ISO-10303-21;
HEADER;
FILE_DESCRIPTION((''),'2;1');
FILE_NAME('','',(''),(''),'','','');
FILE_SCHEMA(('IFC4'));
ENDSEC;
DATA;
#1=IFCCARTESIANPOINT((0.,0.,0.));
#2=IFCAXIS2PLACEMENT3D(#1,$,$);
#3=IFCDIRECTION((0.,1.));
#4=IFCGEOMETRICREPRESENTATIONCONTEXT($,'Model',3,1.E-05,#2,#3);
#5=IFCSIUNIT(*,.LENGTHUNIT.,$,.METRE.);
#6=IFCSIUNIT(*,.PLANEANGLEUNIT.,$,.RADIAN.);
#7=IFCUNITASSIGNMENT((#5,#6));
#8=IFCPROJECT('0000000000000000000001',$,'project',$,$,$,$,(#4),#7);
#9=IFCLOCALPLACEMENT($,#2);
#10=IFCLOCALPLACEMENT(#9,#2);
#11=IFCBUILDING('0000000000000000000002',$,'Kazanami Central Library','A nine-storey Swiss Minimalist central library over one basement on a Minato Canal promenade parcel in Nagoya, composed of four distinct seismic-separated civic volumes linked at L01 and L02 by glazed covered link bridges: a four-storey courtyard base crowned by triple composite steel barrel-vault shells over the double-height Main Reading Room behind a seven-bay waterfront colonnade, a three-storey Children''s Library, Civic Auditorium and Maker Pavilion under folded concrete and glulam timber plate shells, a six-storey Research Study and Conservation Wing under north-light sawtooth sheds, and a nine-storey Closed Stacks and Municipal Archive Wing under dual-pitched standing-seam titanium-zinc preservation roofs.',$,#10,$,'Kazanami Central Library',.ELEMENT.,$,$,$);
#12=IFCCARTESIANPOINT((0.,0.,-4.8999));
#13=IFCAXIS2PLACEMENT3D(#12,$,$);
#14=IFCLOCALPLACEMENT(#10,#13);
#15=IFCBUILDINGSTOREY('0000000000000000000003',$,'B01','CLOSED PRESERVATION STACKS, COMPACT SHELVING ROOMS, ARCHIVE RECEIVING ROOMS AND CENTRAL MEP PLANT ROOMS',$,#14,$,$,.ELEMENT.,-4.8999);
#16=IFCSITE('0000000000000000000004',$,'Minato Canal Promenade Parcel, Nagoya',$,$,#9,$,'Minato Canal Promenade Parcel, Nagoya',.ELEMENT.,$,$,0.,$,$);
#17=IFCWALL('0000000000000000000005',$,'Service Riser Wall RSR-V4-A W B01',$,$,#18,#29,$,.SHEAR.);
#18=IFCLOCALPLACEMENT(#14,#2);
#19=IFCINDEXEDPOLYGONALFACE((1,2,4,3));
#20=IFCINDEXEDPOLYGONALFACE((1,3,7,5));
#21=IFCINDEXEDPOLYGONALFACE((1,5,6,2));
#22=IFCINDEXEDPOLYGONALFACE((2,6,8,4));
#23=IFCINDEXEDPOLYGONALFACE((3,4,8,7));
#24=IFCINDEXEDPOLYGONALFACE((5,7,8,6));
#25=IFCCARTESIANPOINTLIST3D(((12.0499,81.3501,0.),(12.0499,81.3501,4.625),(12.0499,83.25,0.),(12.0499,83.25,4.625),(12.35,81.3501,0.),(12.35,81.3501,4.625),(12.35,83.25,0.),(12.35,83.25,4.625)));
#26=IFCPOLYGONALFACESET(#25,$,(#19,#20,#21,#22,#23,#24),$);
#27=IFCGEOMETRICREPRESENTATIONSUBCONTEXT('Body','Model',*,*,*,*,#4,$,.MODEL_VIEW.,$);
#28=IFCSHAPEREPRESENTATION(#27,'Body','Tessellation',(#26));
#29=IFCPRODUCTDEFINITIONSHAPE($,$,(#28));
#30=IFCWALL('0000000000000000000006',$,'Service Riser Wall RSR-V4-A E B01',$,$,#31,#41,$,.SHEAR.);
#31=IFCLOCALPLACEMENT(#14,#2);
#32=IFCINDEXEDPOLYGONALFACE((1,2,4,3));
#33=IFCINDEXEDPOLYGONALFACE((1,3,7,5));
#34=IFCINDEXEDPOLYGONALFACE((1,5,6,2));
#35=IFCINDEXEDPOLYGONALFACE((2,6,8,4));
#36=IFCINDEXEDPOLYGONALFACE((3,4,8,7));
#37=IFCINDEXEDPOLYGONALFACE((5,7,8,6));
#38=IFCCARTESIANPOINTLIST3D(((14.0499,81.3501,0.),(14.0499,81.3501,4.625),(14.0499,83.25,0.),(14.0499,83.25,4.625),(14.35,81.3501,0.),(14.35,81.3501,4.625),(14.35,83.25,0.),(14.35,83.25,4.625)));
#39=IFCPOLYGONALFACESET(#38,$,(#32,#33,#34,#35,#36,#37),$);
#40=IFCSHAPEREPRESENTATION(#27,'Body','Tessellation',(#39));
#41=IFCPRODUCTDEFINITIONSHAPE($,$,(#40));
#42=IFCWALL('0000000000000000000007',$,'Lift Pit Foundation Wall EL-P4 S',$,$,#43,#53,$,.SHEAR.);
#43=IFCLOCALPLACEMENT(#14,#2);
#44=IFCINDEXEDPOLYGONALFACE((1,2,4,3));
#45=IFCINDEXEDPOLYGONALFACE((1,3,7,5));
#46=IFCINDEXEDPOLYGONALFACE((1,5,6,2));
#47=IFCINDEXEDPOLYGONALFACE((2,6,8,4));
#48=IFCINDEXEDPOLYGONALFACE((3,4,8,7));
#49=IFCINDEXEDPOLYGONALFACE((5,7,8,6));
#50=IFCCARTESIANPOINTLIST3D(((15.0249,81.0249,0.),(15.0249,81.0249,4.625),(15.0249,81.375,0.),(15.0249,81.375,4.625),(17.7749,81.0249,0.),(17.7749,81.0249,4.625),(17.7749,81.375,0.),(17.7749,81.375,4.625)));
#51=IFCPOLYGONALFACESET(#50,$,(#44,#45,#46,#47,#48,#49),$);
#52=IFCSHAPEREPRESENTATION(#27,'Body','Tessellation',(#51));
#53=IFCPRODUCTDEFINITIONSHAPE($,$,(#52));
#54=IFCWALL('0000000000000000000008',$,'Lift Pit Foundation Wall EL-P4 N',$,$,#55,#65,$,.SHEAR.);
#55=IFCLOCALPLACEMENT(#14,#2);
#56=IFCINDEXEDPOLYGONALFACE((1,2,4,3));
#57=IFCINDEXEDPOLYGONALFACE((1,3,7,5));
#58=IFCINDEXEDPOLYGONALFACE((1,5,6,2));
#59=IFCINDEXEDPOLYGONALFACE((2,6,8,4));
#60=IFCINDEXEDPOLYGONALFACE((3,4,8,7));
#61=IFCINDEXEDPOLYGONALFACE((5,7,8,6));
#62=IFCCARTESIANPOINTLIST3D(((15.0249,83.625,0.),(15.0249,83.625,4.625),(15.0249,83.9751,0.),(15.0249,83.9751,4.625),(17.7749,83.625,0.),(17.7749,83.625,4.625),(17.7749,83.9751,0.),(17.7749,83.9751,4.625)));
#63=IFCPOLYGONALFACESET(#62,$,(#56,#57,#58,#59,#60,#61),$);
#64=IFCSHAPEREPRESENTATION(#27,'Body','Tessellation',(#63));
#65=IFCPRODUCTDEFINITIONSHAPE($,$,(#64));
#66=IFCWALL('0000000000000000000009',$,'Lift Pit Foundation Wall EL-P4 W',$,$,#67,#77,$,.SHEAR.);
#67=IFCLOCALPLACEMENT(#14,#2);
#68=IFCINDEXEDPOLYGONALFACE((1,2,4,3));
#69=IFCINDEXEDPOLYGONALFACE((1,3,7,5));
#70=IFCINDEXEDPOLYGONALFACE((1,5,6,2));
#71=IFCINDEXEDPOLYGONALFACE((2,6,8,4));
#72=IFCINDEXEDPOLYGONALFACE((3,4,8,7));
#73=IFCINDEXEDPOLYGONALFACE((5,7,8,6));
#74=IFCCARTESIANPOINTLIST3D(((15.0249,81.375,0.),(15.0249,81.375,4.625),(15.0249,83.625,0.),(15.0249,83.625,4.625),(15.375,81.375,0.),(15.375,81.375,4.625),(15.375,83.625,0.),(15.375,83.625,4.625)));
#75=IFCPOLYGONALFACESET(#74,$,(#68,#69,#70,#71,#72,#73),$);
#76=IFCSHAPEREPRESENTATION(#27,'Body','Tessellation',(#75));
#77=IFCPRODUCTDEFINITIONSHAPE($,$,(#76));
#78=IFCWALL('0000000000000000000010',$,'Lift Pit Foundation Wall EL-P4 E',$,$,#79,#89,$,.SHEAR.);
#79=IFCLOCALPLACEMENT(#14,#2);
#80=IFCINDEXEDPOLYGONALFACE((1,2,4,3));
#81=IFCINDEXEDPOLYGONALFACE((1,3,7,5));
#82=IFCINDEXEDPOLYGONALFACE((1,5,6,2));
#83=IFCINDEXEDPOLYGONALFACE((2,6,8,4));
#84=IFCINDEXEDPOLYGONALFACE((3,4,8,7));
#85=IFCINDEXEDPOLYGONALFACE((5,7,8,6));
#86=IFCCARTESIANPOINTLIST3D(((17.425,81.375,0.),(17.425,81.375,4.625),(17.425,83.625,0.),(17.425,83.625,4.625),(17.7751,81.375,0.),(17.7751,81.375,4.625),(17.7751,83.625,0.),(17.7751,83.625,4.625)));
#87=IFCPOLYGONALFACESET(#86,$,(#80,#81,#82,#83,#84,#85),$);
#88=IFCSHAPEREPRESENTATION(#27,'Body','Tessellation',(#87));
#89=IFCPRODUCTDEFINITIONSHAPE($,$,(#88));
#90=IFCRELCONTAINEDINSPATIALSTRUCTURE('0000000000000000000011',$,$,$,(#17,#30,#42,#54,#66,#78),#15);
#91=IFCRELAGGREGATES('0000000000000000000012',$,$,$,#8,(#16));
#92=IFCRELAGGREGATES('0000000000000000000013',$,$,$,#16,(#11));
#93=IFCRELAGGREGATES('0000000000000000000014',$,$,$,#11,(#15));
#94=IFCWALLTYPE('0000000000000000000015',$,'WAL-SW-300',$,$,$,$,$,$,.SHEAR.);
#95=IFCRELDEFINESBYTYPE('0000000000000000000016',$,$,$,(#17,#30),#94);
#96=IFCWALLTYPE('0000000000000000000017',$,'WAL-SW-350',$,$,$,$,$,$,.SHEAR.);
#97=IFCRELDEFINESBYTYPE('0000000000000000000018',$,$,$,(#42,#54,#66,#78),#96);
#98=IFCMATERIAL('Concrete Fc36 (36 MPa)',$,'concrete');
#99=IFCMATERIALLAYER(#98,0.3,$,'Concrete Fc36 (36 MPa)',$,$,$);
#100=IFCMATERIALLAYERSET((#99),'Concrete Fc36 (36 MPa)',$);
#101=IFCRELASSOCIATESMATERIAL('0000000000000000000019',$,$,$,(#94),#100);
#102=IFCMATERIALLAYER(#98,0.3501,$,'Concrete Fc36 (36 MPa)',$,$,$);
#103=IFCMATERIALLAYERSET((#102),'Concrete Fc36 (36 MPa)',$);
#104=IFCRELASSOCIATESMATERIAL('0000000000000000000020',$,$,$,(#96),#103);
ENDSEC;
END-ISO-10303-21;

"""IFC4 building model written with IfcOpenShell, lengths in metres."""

from ifc_helpers import new_model, si_unit, direction, frame, frame_2d, origin, place, context, subcontext, project, spatial, rectangle, extrude, material, layer, layer_set, type_object, element, save


model = new_model("IFC4")

# Units and contexts
model_context = context("Model", 3, precision=1e-05, world=origin(), true_north=direction((0.0, 1.0)))
body_context = subcontext(model_context, "Body", "Model", "MODEL_VIEW")
ifc_project = project(units=[si_unit("LENGTHUNIT", "METRE"), si_unit("PLANEANGLEUNIT", "RADIAN")], contexts=[model_context])

# Site, building, storey
site_placement = place(None, origin())
site = spatial("IfcSite", under=ifc_project, at=site_placement, Name="Minato Canal Promenade Parcel, Nagoya", LongName="Minato Canal Promenade Parcel, Nagoya", CompositionType="ELEMENT", RefElevation=0.0)
building_placement = place(site_placement, origin())
building = spatial("IfcBuilding", under=site, at=building_placement, Name="Kazanami Central Library", Description="A nine-storey Swiss Minimalist central library over one basement on a Minato Canal promenade parcel in Nagoya, composed of four distinct seismic-separated civic volumes linked at L01 and L02 by glazed covered link bridges: a four-storey courtyard base crowned by triple composite steel barrel-vault shells over the double-height Main Reading Room behind a seven-bay waterfront colonnade, a three-storey Children's Library, Civic Auditorium and Maker Pavilion under folded concrete and glulam timber plate shells, a six-storey Research Study and Conservation Wing under north-light sawtooth sheds, and a nine-storey Closed Stacks and Municipal Archive Wing under dual-pitched standing-seam titanium-zinc preservation roofs.", LongName="Kazanami Central Library", CompositionType="ELEMENT")
storey_placement = place(building_placement, frame((0.0, 0.0, -4.8999)))
storey = spatial("IfcBuildingStorey", under=building, at=storey_placement, Name="B01", Description="CLOSED PRESERVATION STACKS, COMPACT SHELVING ROOMS, ARCHIVE RECEIVING ROOMS AND CENTRAL MEP PLANT ROOMS", CompositionType="ELEMENT", Elevation=-4.8999)

# Shared definitions
ifc_material_1 = material(Name="Concrete Fc36 (36 MPa)", Category="concrete")

# Walls
ifc_layer_1 = layer(ifc_material_1, 0.3, Name="Concrete Fc36 (36 MPa)")
ifc_layer_set_1 = layer_set([ifc_layer_1], Name="Concrete Fc36 (36 MPa)")
wall_type_1 = type_object("IfcWallType", Name="WAL-SW-300", PredefinedType="SHEAR", material=ifc_layer_set_1)
for number, where, z_axis, x_axis, name in (
    (1, (12.2, 81.3501, 0.0), (0.0, 0.0, 1.0), (0.0, 1.0, 0.0), "Service Riser Wall RSR-V4-A W B01"),
    (2, (14.2, 81.3501, 0.0), (0.0, 0.0, 1.0), (0.0, 1.0, 0.0), "Service Riser Wall RSR-V4-A E B01"),
):
    element("IfcWall", number, at=place(storey_placement, frame(where, z_axis=z_axis, x_axis=x_axis)), inside=storey, type_object=wall_type_1, Name=name, PredefinedType="SHEAR", context=body_context, shape_type="SweptSolid", body=[
        extrude(rectangle(XDim=1.8999, YDim=0.3, at=frame_2d((0.95, 0.0))), origin(), (0.0, 0.0, 1.0), 4.625),
    ])
ifc_layer_2 = layer(ifc_material_1, 0.3501, Name="Concrete Fc36 (36 MPa)")
ifc_layer_set_2 = layer_set([ifc_layer_2], Name="Concrete Fc36 (36 MPa)")
wall_type_2 = type_object("IfcWallType", Name="WAL-SW-350", PredefinedType="SHEAR", material=ifc_layer_set_2)
for number, where, z_axis, x_axis, name in (
    (3, (15.0249, 81.2, 0.0), (0.0, 0.0, 1.0), (1.0, 0.0, 0.0), "Lift Pit Foundation Wall EL-P4 S"),
    (4, (15.0249, 83.8, 0.0), (0.0, 0.0, 1.0), (1.0, 0.0, 0.0), "Lift Pit Foundation Wall EL-P4 N"),
):
    element("IfcWall", number, at=place(storey_placement, frame(where, z_axis=z_axis, x_axis=x_axis)), inside=storey, type_object=wall_type_2, Name=name, PredefinedType="SHEAR", context=body_context, shape_type="SweptSolid", body=[
        extrude(rectangle(XDim=2.75, YDim=0.3501, at=frame_2d((1.375, 0.0))), origin(), (0.0, 0.0, 1.0), 4.625),
    ])
for number, where, z_axis, x_axis, name in (
    (5, (15.2, 81.375, 0.0), (0.0, 0.0, 1.0), (0.0, 1.0, 0.0), "Lift Pit Foundation Wall EL-P4 W"),
    (6, (17.6001, 81.375, 0.0), (0.0, 0.0, 1.0), (0.0, 1.0, 0.0), "Lift Pit Foundation Wall EL-P4 E"),
):
    element("IfcWall", number, at=place(storey_placement, frame(where, z_axis=z_axis, x_axis=x_axis)), inside=storey, type_object=wall_type_2, Name=name, PredefinedType="SHEAR", context=body_context, shape_type="SweptSolid", body=[
        extrude(rectangle(XDim=2.25, YDim=0.3501, at=frame_2d((1.125, 0.0))), origin(), (0.0, 0.0, 1.0), 4.625),
    ])

save(model, "model.ifc")
